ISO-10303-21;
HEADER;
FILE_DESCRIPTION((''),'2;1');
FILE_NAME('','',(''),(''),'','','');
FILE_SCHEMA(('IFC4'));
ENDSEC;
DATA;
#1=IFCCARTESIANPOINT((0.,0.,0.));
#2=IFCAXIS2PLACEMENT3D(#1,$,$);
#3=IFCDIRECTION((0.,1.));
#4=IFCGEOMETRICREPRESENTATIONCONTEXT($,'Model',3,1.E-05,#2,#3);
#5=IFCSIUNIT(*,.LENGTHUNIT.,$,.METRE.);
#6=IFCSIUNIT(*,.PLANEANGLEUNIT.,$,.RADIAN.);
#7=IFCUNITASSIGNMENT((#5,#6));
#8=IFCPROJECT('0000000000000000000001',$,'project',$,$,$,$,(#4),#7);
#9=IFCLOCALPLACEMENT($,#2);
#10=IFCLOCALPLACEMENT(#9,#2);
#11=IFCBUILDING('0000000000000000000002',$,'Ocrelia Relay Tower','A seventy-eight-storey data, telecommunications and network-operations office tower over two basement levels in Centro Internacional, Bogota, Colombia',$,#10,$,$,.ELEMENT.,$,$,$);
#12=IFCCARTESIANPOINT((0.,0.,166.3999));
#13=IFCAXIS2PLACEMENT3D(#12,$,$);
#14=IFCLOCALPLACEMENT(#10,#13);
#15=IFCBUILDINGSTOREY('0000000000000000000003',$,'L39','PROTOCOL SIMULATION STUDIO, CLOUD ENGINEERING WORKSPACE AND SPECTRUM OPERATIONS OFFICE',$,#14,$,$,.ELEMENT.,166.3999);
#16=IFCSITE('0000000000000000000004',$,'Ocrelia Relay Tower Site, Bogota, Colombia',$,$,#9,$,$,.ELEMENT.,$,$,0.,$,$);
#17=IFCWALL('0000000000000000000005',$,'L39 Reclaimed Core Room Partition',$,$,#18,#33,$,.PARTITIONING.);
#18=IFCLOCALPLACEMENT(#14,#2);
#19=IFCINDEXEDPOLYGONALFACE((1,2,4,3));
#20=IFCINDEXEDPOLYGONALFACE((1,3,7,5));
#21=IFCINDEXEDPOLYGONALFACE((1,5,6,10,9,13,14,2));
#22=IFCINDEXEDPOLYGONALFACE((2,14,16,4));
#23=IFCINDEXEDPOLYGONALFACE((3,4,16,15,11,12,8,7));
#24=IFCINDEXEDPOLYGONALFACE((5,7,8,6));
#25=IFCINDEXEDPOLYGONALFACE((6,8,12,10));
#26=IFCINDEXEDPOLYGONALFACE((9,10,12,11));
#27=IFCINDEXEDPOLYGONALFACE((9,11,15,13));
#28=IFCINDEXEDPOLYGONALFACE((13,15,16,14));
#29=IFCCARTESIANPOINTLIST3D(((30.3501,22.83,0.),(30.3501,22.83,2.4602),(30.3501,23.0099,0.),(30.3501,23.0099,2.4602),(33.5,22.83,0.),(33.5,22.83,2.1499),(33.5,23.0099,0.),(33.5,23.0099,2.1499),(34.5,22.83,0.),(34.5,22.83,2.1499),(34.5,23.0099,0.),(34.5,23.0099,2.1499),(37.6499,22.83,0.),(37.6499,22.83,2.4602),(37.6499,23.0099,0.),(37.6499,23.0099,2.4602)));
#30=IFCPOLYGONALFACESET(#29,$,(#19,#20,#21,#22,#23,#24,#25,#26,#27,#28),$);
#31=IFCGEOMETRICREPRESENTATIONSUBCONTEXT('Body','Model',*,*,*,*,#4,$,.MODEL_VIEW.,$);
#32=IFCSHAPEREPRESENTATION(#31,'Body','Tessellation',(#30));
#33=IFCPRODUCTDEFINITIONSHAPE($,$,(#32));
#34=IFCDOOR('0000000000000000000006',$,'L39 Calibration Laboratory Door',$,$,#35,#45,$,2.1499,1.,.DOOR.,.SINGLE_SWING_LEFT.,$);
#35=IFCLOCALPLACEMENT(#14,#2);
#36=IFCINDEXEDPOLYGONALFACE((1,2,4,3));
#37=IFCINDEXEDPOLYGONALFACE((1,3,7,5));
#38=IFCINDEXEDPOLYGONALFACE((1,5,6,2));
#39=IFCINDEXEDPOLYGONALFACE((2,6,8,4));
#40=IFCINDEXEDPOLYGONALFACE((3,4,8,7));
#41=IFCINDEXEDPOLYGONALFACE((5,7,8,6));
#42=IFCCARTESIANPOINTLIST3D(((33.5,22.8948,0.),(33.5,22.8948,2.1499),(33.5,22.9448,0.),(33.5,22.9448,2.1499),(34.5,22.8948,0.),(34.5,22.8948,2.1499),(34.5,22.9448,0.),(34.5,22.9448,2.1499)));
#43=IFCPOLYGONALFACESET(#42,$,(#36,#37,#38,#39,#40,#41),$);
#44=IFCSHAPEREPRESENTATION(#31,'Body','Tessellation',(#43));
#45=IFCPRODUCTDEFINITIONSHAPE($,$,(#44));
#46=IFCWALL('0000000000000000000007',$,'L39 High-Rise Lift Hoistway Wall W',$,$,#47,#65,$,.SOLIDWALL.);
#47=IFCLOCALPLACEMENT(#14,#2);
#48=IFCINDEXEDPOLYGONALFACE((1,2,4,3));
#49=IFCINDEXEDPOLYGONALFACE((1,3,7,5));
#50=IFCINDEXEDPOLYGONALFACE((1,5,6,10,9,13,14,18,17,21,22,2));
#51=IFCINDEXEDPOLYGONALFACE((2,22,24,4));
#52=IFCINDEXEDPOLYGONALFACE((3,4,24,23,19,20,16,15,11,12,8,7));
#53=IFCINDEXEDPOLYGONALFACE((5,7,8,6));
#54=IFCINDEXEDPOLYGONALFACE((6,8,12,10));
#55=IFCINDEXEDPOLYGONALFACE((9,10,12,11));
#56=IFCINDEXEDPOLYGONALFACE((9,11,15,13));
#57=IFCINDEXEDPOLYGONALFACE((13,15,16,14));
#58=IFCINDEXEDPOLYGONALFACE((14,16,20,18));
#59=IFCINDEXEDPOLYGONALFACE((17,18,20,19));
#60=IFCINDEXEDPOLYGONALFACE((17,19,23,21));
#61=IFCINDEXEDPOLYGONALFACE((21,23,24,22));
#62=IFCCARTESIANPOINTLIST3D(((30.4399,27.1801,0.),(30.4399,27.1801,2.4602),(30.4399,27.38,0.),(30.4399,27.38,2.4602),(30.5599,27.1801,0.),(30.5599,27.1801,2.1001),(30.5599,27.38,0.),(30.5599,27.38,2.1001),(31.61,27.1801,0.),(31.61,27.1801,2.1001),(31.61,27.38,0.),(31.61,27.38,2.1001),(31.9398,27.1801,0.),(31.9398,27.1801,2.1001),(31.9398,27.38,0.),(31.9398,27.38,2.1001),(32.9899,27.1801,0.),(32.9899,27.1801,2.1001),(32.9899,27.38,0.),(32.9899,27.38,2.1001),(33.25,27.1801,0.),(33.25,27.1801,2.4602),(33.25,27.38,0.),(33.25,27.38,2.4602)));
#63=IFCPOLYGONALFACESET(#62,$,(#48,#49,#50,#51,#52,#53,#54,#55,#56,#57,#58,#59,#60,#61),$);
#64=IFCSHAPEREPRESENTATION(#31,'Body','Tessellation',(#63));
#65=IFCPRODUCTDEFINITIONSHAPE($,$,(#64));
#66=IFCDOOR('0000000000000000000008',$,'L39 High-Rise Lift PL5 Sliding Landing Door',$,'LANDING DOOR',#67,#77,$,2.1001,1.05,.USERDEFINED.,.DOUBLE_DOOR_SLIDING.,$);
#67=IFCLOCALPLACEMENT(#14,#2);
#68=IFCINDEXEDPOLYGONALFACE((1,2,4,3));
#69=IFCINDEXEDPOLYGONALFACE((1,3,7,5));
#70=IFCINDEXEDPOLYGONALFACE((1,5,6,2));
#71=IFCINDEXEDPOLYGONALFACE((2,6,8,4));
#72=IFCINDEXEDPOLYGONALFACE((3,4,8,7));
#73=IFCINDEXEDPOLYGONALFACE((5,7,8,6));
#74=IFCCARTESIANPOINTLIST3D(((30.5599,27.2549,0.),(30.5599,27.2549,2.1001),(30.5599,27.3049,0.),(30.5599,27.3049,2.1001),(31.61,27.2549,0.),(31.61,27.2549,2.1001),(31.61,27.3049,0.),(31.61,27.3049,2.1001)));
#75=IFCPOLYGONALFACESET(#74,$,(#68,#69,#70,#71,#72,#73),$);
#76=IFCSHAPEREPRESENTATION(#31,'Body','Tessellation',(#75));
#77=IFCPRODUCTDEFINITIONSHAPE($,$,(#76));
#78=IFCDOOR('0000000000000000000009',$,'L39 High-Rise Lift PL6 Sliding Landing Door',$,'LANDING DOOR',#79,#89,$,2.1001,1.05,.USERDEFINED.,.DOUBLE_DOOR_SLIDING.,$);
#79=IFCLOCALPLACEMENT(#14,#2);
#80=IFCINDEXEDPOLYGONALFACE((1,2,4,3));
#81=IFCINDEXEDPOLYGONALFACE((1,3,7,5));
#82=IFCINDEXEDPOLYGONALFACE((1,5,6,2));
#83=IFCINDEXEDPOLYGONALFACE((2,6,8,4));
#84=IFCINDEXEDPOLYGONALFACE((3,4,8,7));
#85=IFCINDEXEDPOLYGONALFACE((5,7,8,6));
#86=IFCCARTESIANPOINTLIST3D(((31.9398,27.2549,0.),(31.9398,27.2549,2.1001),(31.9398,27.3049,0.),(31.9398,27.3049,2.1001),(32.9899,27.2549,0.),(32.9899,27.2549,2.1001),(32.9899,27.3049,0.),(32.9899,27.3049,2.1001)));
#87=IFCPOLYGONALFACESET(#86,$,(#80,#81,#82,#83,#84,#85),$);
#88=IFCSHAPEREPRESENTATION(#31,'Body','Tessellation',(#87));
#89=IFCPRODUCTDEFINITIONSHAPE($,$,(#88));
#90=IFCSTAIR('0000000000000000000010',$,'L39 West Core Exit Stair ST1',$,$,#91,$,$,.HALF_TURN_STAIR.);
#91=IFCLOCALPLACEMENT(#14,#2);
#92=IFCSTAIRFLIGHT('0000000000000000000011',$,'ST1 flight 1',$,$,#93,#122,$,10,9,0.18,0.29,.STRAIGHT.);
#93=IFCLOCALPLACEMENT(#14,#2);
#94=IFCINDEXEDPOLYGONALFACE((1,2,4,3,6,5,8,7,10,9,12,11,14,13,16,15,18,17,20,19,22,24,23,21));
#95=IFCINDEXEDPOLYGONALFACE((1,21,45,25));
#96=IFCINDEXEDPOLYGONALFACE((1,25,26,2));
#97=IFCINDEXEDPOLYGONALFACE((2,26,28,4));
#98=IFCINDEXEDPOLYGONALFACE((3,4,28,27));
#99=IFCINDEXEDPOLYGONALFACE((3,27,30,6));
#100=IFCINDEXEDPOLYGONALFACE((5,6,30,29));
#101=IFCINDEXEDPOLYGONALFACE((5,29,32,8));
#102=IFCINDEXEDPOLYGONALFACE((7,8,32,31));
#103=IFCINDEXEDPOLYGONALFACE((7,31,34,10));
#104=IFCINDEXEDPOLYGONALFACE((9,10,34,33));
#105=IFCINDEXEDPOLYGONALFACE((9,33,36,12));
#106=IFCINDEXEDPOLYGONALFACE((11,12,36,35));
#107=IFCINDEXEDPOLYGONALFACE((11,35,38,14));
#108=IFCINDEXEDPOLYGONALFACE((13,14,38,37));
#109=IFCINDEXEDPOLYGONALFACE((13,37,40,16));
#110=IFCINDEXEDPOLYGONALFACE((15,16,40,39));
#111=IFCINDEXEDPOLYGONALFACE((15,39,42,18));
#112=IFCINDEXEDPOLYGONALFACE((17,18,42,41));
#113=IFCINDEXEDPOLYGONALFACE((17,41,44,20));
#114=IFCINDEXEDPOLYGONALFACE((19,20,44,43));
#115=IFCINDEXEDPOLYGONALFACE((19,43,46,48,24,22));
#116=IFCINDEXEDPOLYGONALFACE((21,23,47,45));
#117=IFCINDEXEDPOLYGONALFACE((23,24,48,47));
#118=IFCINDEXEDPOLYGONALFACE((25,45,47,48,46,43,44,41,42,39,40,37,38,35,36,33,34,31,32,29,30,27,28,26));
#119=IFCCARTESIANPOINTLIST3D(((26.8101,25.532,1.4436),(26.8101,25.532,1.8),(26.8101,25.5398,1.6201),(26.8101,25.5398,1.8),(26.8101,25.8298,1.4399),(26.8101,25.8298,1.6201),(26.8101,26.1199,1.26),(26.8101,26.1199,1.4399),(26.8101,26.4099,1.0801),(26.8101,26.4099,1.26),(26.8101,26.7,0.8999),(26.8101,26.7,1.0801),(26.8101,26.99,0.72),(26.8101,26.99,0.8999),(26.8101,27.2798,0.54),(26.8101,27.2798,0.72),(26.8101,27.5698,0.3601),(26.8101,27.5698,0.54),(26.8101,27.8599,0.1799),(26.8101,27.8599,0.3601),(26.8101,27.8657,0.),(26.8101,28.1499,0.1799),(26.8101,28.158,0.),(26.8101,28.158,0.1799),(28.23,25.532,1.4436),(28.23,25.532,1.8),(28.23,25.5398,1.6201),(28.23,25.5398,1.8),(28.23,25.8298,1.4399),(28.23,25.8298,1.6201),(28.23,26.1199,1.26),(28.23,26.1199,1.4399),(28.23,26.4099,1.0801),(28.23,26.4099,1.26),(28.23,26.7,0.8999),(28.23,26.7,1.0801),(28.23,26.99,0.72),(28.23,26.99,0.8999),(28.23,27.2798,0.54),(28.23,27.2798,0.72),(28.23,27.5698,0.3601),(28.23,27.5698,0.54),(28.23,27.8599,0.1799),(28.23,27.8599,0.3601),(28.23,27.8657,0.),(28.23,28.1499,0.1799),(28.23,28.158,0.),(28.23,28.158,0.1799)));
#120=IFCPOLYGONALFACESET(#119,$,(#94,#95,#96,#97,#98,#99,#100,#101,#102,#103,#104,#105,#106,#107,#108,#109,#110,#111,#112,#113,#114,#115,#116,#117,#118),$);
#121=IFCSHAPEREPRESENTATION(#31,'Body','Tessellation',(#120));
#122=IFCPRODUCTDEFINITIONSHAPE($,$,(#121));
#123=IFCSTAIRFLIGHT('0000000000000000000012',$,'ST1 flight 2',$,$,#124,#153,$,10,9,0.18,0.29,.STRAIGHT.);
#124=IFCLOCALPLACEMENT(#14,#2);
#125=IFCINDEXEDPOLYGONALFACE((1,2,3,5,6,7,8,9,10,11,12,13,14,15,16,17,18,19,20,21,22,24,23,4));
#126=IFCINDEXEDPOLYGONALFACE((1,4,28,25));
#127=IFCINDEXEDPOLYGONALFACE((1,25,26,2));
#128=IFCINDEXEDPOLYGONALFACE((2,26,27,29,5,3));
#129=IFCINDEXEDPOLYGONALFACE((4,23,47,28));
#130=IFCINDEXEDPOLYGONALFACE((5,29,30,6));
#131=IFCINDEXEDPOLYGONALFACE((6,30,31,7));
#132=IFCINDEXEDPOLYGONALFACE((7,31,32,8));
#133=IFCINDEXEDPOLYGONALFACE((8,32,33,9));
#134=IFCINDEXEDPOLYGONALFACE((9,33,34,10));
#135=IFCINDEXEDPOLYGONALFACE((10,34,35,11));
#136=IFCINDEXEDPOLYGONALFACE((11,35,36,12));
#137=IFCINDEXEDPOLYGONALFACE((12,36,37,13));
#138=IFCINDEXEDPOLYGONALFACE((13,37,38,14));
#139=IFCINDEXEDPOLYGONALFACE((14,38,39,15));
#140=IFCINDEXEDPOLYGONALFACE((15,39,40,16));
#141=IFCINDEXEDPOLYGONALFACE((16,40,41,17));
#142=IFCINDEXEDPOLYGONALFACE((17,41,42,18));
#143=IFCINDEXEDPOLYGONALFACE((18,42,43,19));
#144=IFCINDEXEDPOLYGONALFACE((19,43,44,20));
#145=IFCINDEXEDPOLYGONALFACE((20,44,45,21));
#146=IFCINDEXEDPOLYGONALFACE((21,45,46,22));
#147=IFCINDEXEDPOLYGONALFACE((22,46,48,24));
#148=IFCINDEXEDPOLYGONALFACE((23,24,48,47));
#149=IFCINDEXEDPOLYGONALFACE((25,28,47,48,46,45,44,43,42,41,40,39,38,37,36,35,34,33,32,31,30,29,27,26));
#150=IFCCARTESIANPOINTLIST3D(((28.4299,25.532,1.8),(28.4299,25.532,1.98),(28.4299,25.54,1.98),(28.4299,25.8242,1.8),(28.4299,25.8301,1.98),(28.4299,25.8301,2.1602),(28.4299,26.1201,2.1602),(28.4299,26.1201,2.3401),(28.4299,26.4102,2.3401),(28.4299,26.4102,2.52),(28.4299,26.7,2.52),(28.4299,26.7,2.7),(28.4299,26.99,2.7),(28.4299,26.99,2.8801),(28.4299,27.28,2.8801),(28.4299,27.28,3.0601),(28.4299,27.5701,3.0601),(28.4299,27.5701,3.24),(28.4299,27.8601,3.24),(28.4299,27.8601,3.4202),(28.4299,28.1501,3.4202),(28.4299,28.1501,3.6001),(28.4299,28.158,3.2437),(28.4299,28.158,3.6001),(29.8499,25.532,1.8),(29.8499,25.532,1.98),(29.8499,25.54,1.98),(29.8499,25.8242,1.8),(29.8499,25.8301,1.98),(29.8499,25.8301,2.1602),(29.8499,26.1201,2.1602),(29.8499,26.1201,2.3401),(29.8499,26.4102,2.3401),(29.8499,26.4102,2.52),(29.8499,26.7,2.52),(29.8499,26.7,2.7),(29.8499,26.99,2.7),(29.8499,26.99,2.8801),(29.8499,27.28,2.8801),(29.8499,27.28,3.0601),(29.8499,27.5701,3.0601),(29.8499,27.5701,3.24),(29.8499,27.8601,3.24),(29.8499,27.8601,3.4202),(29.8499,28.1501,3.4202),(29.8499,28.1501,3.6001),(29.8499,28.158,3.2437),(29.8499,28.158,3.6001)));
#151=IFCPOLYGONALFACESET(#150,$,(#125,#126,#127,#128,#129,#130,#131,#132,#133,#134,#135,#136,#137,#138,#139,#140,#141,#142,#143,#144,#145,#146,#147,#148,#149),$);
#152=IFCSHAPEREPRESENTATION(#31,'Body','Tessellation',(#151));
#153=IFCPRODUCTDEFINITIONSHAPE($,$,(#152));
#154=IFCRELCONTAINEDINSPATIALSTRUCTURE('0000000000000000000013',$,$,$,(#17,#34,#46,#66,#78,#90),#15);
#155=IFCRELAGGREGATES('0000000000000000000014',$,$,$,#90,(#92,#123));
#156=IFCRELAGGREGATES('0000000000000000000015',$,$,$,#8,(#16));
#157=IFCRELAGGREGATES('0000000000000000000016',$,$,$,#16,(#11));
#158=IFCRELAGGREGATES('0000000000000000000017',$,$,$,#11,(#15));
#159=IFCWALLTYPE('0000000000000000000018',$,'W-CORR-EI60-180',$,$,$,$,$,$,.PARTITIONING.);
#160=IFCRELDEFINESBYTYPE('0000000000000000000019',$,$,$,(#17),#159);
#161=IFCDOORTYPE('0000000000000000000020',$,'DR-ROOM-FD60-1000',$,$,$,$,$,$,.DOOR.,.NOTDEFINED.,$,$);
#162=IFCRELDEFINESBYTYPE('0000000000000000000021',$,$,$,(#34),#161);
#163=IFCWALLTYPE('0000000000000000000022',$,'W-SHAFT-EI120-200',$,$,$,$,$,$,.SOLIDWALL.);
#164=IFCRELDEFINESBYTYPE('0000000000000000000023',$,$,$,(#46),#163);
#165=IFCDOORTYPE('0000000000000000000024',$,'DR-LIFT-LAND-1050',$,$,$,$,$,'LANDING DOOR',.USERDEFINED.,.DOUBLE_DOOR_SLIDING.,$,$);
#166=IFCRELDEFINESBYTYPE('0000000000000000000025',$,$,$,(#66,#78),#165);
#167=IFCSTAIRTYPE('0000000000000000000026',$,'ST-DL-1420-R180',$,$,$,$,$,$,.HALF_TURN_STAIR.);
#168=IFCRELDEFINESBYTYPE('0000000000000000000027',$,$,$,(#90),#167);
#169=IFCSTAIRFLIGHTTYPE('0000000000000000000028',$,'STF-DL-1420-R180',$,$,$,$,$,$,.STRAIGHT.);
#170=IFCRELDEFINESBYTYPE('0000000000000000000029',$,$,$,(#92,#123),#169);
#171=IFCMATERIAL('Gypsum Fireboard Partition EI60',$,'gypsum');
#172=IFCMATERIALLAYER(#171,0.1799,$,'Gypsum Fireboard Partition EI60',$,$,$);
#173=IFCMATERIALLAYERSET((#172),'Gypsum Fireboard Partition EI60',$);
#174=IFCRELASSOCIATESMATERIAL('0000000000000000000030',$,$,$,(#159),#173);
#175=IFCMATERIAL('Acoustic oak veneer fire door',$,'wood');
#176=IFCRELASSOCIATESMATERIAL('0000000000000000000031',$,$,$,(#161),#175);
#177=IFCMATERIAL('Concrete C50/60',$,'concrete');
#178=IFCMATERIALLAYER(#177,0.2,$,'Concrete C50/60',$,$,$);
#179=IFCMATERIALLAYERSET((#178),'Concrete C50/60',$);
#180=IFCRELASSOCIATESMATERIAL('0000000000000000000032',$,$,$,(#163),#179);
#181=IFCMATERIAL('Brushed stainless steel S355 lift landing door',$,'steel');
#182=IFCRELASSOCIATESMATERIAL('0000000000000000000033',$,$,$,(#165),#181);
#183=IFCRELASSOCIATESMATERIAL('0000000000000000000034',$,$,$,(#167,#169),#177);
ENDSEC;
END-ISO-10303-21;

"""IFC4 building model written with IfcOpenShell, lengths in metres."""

from ifc_helpers import new_model, si_unit, direction, frame, frame_2d, origin, place, context, subcontext, project, spatial, polyline, rectangle, outline, extrude, material, layer, layer_set, type_object, element, fill, aggregate, save


model = new_model("IFC4")

# Units and contexts
model_context = context("Model", 3, precision=1e-05, world=origin(), true_north=direction((0.0, 1.0)))
body_context = subcontext(model_context, "Body", "Model", "MODEL_VIEW")
ifc_project = project(units=[si_unit("LENGTHUNIT", "METRE"), si_unit("PLANEANGLEUNIT", "RADIAN")], contexts=[model_context])

# Site, building, storey
site_placement = place(None, origin())
site = spatial("IfcSite", under=ifc_project, at=site_placement, Name="Ocrelia Relay Tower Site, Bogota, Colombia", CompositionType="ELEMENT", RefElevation=0.0)
building_placement = place(site_placement, origin())
building = spatial("IfcBuilding", under=site, at=building_placement, Name="Ocrelia Relay Tower", Description="A seventy-eight-storey data, telecommunications and network-operations office tower over two basement levels in Centro Internacional, Bogota, Colombia", CompositionType="ELEMENT")
storey_placement = place(building_placement, frame((0.0, 0.0, 166.3999)))
storey = spatial("IfcBuildingStorey", under=building, at=storey_placement, Name="L39", Description="PROTOCOL SIMULATION STUDIO, CLOUD ENGINEERING WORKSPACE AND SPECTRUM OPERATIONS OFFICE", CompositionType="ELEMENT", Elevation=166.3999)

# Wall, opening, door
ifc_material_1 = material(Name="Gypsum Fireboard Partition EI60", Category="gypsum")
ifc_layer_1 = layer(ifc_material_1, 0.1799, Name="Gypsum Fireboard Partition EI60")
ifc_layer_set_1 = layer_set([ifc_layer_1], Name="Gypsum Fireboard Partition EI60")
wall_type_1 = type_object("IfcWallType", Name="W-CORR-EI60-180", PredefinedType="PARTITIONING", material=ifc_layer_set_1)
wall_1_placement = place(storey_placement, frame((30.3501, 22.9199, 0.0), z_axis=(0.0, 0.0, 1.0), x_axis=(1.0, 0.0, 0.0)))
wall_1 = element("IfcWall", 1, at=wall_1_placement, inside=storey, type_object=wall_type_1, Name="L39 Reclaimed Core Room Partition", PredefinedType="PARTITIONING", context=body_context, shape_type="SweptSolid", body=[
    extrude(rectangle(XDim=7.2998, YDim=0.1799, at=frame_2d((3.6499, 0.0))), origin(), (0.0, 0.0, 1.0), 2.4602),
])
opening_1_placement = place(wall_1_placement, frame((3.1499, 0.0, 0.0)))
opening_1 = element("IfcOpeningElement", 2, at=opening_1_placement, cuts=wall_1, PredefinedType="OPENING", context=body_context, shape_type="SweptSolid", body=[
    extrude(rectangle(XDim=1.0, YDim=2.1499, at=frame_2d((0.5, 1.075))), frame((0.0, 0.1001, 0.0), z_axis=(0.0, -1.0, 0.0), x_axis=(1.0, 0.0, 0.0)), (0.0, 0.0, 1.0), 0.2),
])
ifc_material_2 = material(Name="Acoustic oak veneer fire door", Category="wood")
door_type_1 = type_object("IfcDoorType", Name="DR-ROOM-FD60-1000", OperationType="NOTDEFINED", PredefinedType="DOOR", material=ifc_material_2)
door_1_placement = place(opening_1_placement, origin())
door_1 = element("IfcDoor", 3, at=door_1_placement, inside=storey, type_object=door_type_1, Name="L39 Calibration Laboratory Door", OperationType="SINGLE_SWING_LEFT", OverallHeight=2.1499, OverallWidth=1.0, PredefinedType="DOOR", context=body_context, shape_type="SweptSolid", body=[
    extrude(rectangle(XDim=1.0, YDim=2.1499, at=frame_2d((0.5, 1.075))), frame((0.0, 0.0249, 0.0), z_axis=(0.0, -1.0, 0.0), x_axis=(1.0, 0.0, 0.0)), (0.0, 0.0, 1.0), 0.05),
])
fill(opening_1, door_1)

# Wall, openings, doors
ifc_material_3 = material(Name="Concrete C50/60", Category="concrete")
ifc_layer_2 = layer(ifc_material_3, 0.2, Name="Concrete C50/60")
ifc_layer_set_2 = layer_set([ifc_layer_2], Name="Concrete C50/60")
wall_type_2 = type_object("IfcWallType", Name="W-SHAFT-EI120-200", PredefinedType="SOLIDWALL", material=ifc_layer_set_2)
wall_2_placement = place(storey_placement, frame((30.4399, 27.28, 0.0), z_axis=(0.0, 0.0, 1.0), x_axis=(1.0, 0.0, 0.0)))
wall_2 = element("IfcWall", 4, at=wall_2_placement, inside=storey, type_object=wall_type_2, Name="L39 High-Rise Lift Hoistway Wall W", PredefinedType="SOLIDWALL", context=body_context, shape_type="SweptSolid", body=[
    extrude(rectangle(XDim=2.8101, YDim=0.2, at=frame_2d((1.405, 0.0))), origin(), (0.0, 0.0, 1.0), 2.4602),
])
opening_2_placement = place(wall_2_placement, frame((0.1201, 0.0, 0.0)))
opening_2 = element("IfcOpeningElement", 5, at=opening_2_placement, cuts=wall_2, PredefinedType="OPENING", context=body_context, shape_type="SweptSolid", body=[
    extrude(rectangle(XDim=1.05, YDim=2.1001, at=frame_2d((0.5249, 1.05))), frame((0.0, 0.1099, 0.0), z_axis=(0.0, -1.0, 0.0), x_axis=(1.0, 0.0, 0.0)), (0.0, 0.0, 1.0), 0.22),
])
opening_3_placement = place(wall_2_placement, frame((1.5, 0.0, 0.0)))
opening_3 = element("IfcOpeningElement", 6, at=opening_3_placement, cuts=wall_2, PredefinedType="OPENING", context=body_context, shape_type="SweptSolid", body=[
    extrude(rectangle(XDim=1.05, YDim=2.1001, at=frame_2d((0.5249, 1.05))), frame((0.0, 0.1099, 0.0), z_axis=(0.0, -1.0, 0.0), x_axis=(1.0, 0.0, 0.0)), (0.0, 0.0, 1.0), 0.22),
])
ifc_material_4 = material(Name="Brushed stainless steel S355 lift landing door", Category="steel")
door_type_2 = type_object("IfcDoorType", Name="DR-LIFT-LAND-1050", ElementType="LANDING DOOR", OperationType="DOUBLE_DOOR_SLIDING", PredefinedType="USERDEFINED", material=ifc_material_4)
door_2_placement = place(opening_2_placement, origin())
door_2 = element("IfcDoor", 7, at=door_2_placement, inside=storey, type_object=door_type_2, Name="L39 High-Rise Lift PL5 Sliding Landing Door", ObjectType="LANDING DOOR", OperationType="DOUBLE_DOOR_SLIDING", OverallHeight=2.1001, OverallWidth=1.05, PredefinedType="USERDEFINED", context=body_context, shape_type="SweptSolid", body=[
    extrude(rectangle(XDim=1.05, YDim=2.1001, at=frame_2d((0.5249, 1.05))), frame((0.0, 0.0249, 0.0), z_axis=(0.0, -1.0, 0.0), x_axis=(1.0, 0.0, 0.0)), (0.0, 0.0, 1.0), 0.05),
])
fill(opening_2, door_2)
door_3_placement = place(opening_3_placement, origin())
door_3 = element("IfcDoor", 8, at=door_3_placement, inside=storey, type_object=door_type_2, Name="L39 High-Rise Lift PL6 Sliding Landing Door", ObjectType="LANDING DOOR", OperationType="DOUBLE_DOOR_SLIDING", OverallHeight=2.1001, OverallWidth=1.05, PredefinedType="USERDEFINED", context=body_context, shape_type="SweptSolid", body=[
    extrude(rectangle(XDim=1.05, YDim=2.1001, at=frame_2d((0.5249, 1.05))), frame((0.0, 0.0249, 0.0), z_axis=(0.0, -1.0, 0.0), x_axis=(1.0, 0.0, 0.0)), (0.0, 0.0, 1.0), 0.05),
])
fill(opening_3, door_3)

# Stair, stair flights
stair_type = type_object("IfcStairType", Name="ST-DL-1420-R180", PredefinedType="HALF_TURN_STAIR", material=ifc_material_3)
stair_placement = place(storey_placement, origin())
stair = element("IfcStair", 9, at=stair_placement, inside=storey, type_object=stair_type, Name="L39 West Core Exit Stair ST1", PredefinedType="HALF_TURN_STAIR")
stair_flight_type = type_object("IfcStairFlightType", Name="STF-DL-1420-R180", PredefinedType="STRAIGHT", material=ifc_material_3)
stair_flight_1_placement = place(storey_placement, frame((27.52, 28.1499, 0.0), z_axis=(0.0, 0.0, 1.0), x_axis=(0.0, -1.0, 0.0)))
stair_flight_1 = element("IfcStairFlight", 10, at=stair_flight_1_placement, type_object=stair_flight_type, Name="ST1 flight 1", NumberOfRisers=10, NumberOfTreads=9, PredefinedType="STRAIGHT", RiserHeight=0.18, TreadLength=0.29, context=body_context, shape_type="SweptSolid", body=[
    extrude(outline(polyline([(-0.0081, 0.0), (-0.0081, 0.1799), (0.0, 0.1799), (0.29, 0.1799), (0.29, 0.3601), (0.5801, 0.3601), (0.5801, 0.54), (0.8701, 0.54), (0.8701, 0.72), (1.1599, 0.72), (1.1599, 0.8999), (1.45, 0.8999), (1.45, 1.0801), (1.74, 1.0801), (1.74, 1.26), (2.03, 1.26), (2.03, 1.4399), (2.3201, 1.4399), (2.3201, 1.6201), (2.6101, 1.6201), (2.6101, 1.8), (2.6179, 1.8), (2.6179, 1.4436), (0.2842, 0.0), (-0.0081, 0.0)])), frame((0.0, 0.71, 0.0), z_axis=(0.0, -1.0, 0.0), x_axis=(1.0, 0.0, 0.0)), (0.0, 0.0, 1.0), 1.4199),
])
stair_flight_2_placement = place(storey_placement, frame((29.1399, 25.54, 1.8), z_axis=(0.0, 0.0, 1.0), x_axis=(0.0, 1.0, 0.0)))
stair_flight_2 = element("IfcStairFlight", 11, at=stair_flight_2_placement, type_object=stair_flight_type, Name="ST1 flight 2", NumberOfRisers=10, NumberOfTreads=9, PredefinedType="STRAIGHT", RiserHeight=0.18, TreadLength=0.29, context=body_context, shape_type="SweptSolid", body=[
    extrude(outline(polyline([(-0.0081, 0.0), (-0.0081, 0.1799), (0.0, 0.1799), (0.29, 0.1799), (0.29, 0.3601), (0.5801, 0.3601), (0.5801, 0.54), (0.8701, 0.54), (0.8701, 0.72), (1.1599, 0.72), (1.1599, 0.8999), (1.45, 0.8999), (1.45, 1.0801), (1.74, 1.0801), (1.74, 1.26), (2.03, 1.26), (2.03, 1.4399), (2.3201, 1.4399), (2.3201, 1.6201), (2.6101, 1.6201), (2.6101, 1.8), (2.6179, 1.8), (2.6179, 1.4436), (0.2842, 0.0), (-0.0081, 0.0)])), frame((0.0, 0.71, 0.0), z_axis=(0.0, -1.0, 0.0), x_axis=(1.0, 0.0, 0.0)), (0.0, 0.0, 1.0), 1.4199),
])
aggregate(stair, [stair_flight_1, stair_flight_2])

save(model, "model.ifc")
